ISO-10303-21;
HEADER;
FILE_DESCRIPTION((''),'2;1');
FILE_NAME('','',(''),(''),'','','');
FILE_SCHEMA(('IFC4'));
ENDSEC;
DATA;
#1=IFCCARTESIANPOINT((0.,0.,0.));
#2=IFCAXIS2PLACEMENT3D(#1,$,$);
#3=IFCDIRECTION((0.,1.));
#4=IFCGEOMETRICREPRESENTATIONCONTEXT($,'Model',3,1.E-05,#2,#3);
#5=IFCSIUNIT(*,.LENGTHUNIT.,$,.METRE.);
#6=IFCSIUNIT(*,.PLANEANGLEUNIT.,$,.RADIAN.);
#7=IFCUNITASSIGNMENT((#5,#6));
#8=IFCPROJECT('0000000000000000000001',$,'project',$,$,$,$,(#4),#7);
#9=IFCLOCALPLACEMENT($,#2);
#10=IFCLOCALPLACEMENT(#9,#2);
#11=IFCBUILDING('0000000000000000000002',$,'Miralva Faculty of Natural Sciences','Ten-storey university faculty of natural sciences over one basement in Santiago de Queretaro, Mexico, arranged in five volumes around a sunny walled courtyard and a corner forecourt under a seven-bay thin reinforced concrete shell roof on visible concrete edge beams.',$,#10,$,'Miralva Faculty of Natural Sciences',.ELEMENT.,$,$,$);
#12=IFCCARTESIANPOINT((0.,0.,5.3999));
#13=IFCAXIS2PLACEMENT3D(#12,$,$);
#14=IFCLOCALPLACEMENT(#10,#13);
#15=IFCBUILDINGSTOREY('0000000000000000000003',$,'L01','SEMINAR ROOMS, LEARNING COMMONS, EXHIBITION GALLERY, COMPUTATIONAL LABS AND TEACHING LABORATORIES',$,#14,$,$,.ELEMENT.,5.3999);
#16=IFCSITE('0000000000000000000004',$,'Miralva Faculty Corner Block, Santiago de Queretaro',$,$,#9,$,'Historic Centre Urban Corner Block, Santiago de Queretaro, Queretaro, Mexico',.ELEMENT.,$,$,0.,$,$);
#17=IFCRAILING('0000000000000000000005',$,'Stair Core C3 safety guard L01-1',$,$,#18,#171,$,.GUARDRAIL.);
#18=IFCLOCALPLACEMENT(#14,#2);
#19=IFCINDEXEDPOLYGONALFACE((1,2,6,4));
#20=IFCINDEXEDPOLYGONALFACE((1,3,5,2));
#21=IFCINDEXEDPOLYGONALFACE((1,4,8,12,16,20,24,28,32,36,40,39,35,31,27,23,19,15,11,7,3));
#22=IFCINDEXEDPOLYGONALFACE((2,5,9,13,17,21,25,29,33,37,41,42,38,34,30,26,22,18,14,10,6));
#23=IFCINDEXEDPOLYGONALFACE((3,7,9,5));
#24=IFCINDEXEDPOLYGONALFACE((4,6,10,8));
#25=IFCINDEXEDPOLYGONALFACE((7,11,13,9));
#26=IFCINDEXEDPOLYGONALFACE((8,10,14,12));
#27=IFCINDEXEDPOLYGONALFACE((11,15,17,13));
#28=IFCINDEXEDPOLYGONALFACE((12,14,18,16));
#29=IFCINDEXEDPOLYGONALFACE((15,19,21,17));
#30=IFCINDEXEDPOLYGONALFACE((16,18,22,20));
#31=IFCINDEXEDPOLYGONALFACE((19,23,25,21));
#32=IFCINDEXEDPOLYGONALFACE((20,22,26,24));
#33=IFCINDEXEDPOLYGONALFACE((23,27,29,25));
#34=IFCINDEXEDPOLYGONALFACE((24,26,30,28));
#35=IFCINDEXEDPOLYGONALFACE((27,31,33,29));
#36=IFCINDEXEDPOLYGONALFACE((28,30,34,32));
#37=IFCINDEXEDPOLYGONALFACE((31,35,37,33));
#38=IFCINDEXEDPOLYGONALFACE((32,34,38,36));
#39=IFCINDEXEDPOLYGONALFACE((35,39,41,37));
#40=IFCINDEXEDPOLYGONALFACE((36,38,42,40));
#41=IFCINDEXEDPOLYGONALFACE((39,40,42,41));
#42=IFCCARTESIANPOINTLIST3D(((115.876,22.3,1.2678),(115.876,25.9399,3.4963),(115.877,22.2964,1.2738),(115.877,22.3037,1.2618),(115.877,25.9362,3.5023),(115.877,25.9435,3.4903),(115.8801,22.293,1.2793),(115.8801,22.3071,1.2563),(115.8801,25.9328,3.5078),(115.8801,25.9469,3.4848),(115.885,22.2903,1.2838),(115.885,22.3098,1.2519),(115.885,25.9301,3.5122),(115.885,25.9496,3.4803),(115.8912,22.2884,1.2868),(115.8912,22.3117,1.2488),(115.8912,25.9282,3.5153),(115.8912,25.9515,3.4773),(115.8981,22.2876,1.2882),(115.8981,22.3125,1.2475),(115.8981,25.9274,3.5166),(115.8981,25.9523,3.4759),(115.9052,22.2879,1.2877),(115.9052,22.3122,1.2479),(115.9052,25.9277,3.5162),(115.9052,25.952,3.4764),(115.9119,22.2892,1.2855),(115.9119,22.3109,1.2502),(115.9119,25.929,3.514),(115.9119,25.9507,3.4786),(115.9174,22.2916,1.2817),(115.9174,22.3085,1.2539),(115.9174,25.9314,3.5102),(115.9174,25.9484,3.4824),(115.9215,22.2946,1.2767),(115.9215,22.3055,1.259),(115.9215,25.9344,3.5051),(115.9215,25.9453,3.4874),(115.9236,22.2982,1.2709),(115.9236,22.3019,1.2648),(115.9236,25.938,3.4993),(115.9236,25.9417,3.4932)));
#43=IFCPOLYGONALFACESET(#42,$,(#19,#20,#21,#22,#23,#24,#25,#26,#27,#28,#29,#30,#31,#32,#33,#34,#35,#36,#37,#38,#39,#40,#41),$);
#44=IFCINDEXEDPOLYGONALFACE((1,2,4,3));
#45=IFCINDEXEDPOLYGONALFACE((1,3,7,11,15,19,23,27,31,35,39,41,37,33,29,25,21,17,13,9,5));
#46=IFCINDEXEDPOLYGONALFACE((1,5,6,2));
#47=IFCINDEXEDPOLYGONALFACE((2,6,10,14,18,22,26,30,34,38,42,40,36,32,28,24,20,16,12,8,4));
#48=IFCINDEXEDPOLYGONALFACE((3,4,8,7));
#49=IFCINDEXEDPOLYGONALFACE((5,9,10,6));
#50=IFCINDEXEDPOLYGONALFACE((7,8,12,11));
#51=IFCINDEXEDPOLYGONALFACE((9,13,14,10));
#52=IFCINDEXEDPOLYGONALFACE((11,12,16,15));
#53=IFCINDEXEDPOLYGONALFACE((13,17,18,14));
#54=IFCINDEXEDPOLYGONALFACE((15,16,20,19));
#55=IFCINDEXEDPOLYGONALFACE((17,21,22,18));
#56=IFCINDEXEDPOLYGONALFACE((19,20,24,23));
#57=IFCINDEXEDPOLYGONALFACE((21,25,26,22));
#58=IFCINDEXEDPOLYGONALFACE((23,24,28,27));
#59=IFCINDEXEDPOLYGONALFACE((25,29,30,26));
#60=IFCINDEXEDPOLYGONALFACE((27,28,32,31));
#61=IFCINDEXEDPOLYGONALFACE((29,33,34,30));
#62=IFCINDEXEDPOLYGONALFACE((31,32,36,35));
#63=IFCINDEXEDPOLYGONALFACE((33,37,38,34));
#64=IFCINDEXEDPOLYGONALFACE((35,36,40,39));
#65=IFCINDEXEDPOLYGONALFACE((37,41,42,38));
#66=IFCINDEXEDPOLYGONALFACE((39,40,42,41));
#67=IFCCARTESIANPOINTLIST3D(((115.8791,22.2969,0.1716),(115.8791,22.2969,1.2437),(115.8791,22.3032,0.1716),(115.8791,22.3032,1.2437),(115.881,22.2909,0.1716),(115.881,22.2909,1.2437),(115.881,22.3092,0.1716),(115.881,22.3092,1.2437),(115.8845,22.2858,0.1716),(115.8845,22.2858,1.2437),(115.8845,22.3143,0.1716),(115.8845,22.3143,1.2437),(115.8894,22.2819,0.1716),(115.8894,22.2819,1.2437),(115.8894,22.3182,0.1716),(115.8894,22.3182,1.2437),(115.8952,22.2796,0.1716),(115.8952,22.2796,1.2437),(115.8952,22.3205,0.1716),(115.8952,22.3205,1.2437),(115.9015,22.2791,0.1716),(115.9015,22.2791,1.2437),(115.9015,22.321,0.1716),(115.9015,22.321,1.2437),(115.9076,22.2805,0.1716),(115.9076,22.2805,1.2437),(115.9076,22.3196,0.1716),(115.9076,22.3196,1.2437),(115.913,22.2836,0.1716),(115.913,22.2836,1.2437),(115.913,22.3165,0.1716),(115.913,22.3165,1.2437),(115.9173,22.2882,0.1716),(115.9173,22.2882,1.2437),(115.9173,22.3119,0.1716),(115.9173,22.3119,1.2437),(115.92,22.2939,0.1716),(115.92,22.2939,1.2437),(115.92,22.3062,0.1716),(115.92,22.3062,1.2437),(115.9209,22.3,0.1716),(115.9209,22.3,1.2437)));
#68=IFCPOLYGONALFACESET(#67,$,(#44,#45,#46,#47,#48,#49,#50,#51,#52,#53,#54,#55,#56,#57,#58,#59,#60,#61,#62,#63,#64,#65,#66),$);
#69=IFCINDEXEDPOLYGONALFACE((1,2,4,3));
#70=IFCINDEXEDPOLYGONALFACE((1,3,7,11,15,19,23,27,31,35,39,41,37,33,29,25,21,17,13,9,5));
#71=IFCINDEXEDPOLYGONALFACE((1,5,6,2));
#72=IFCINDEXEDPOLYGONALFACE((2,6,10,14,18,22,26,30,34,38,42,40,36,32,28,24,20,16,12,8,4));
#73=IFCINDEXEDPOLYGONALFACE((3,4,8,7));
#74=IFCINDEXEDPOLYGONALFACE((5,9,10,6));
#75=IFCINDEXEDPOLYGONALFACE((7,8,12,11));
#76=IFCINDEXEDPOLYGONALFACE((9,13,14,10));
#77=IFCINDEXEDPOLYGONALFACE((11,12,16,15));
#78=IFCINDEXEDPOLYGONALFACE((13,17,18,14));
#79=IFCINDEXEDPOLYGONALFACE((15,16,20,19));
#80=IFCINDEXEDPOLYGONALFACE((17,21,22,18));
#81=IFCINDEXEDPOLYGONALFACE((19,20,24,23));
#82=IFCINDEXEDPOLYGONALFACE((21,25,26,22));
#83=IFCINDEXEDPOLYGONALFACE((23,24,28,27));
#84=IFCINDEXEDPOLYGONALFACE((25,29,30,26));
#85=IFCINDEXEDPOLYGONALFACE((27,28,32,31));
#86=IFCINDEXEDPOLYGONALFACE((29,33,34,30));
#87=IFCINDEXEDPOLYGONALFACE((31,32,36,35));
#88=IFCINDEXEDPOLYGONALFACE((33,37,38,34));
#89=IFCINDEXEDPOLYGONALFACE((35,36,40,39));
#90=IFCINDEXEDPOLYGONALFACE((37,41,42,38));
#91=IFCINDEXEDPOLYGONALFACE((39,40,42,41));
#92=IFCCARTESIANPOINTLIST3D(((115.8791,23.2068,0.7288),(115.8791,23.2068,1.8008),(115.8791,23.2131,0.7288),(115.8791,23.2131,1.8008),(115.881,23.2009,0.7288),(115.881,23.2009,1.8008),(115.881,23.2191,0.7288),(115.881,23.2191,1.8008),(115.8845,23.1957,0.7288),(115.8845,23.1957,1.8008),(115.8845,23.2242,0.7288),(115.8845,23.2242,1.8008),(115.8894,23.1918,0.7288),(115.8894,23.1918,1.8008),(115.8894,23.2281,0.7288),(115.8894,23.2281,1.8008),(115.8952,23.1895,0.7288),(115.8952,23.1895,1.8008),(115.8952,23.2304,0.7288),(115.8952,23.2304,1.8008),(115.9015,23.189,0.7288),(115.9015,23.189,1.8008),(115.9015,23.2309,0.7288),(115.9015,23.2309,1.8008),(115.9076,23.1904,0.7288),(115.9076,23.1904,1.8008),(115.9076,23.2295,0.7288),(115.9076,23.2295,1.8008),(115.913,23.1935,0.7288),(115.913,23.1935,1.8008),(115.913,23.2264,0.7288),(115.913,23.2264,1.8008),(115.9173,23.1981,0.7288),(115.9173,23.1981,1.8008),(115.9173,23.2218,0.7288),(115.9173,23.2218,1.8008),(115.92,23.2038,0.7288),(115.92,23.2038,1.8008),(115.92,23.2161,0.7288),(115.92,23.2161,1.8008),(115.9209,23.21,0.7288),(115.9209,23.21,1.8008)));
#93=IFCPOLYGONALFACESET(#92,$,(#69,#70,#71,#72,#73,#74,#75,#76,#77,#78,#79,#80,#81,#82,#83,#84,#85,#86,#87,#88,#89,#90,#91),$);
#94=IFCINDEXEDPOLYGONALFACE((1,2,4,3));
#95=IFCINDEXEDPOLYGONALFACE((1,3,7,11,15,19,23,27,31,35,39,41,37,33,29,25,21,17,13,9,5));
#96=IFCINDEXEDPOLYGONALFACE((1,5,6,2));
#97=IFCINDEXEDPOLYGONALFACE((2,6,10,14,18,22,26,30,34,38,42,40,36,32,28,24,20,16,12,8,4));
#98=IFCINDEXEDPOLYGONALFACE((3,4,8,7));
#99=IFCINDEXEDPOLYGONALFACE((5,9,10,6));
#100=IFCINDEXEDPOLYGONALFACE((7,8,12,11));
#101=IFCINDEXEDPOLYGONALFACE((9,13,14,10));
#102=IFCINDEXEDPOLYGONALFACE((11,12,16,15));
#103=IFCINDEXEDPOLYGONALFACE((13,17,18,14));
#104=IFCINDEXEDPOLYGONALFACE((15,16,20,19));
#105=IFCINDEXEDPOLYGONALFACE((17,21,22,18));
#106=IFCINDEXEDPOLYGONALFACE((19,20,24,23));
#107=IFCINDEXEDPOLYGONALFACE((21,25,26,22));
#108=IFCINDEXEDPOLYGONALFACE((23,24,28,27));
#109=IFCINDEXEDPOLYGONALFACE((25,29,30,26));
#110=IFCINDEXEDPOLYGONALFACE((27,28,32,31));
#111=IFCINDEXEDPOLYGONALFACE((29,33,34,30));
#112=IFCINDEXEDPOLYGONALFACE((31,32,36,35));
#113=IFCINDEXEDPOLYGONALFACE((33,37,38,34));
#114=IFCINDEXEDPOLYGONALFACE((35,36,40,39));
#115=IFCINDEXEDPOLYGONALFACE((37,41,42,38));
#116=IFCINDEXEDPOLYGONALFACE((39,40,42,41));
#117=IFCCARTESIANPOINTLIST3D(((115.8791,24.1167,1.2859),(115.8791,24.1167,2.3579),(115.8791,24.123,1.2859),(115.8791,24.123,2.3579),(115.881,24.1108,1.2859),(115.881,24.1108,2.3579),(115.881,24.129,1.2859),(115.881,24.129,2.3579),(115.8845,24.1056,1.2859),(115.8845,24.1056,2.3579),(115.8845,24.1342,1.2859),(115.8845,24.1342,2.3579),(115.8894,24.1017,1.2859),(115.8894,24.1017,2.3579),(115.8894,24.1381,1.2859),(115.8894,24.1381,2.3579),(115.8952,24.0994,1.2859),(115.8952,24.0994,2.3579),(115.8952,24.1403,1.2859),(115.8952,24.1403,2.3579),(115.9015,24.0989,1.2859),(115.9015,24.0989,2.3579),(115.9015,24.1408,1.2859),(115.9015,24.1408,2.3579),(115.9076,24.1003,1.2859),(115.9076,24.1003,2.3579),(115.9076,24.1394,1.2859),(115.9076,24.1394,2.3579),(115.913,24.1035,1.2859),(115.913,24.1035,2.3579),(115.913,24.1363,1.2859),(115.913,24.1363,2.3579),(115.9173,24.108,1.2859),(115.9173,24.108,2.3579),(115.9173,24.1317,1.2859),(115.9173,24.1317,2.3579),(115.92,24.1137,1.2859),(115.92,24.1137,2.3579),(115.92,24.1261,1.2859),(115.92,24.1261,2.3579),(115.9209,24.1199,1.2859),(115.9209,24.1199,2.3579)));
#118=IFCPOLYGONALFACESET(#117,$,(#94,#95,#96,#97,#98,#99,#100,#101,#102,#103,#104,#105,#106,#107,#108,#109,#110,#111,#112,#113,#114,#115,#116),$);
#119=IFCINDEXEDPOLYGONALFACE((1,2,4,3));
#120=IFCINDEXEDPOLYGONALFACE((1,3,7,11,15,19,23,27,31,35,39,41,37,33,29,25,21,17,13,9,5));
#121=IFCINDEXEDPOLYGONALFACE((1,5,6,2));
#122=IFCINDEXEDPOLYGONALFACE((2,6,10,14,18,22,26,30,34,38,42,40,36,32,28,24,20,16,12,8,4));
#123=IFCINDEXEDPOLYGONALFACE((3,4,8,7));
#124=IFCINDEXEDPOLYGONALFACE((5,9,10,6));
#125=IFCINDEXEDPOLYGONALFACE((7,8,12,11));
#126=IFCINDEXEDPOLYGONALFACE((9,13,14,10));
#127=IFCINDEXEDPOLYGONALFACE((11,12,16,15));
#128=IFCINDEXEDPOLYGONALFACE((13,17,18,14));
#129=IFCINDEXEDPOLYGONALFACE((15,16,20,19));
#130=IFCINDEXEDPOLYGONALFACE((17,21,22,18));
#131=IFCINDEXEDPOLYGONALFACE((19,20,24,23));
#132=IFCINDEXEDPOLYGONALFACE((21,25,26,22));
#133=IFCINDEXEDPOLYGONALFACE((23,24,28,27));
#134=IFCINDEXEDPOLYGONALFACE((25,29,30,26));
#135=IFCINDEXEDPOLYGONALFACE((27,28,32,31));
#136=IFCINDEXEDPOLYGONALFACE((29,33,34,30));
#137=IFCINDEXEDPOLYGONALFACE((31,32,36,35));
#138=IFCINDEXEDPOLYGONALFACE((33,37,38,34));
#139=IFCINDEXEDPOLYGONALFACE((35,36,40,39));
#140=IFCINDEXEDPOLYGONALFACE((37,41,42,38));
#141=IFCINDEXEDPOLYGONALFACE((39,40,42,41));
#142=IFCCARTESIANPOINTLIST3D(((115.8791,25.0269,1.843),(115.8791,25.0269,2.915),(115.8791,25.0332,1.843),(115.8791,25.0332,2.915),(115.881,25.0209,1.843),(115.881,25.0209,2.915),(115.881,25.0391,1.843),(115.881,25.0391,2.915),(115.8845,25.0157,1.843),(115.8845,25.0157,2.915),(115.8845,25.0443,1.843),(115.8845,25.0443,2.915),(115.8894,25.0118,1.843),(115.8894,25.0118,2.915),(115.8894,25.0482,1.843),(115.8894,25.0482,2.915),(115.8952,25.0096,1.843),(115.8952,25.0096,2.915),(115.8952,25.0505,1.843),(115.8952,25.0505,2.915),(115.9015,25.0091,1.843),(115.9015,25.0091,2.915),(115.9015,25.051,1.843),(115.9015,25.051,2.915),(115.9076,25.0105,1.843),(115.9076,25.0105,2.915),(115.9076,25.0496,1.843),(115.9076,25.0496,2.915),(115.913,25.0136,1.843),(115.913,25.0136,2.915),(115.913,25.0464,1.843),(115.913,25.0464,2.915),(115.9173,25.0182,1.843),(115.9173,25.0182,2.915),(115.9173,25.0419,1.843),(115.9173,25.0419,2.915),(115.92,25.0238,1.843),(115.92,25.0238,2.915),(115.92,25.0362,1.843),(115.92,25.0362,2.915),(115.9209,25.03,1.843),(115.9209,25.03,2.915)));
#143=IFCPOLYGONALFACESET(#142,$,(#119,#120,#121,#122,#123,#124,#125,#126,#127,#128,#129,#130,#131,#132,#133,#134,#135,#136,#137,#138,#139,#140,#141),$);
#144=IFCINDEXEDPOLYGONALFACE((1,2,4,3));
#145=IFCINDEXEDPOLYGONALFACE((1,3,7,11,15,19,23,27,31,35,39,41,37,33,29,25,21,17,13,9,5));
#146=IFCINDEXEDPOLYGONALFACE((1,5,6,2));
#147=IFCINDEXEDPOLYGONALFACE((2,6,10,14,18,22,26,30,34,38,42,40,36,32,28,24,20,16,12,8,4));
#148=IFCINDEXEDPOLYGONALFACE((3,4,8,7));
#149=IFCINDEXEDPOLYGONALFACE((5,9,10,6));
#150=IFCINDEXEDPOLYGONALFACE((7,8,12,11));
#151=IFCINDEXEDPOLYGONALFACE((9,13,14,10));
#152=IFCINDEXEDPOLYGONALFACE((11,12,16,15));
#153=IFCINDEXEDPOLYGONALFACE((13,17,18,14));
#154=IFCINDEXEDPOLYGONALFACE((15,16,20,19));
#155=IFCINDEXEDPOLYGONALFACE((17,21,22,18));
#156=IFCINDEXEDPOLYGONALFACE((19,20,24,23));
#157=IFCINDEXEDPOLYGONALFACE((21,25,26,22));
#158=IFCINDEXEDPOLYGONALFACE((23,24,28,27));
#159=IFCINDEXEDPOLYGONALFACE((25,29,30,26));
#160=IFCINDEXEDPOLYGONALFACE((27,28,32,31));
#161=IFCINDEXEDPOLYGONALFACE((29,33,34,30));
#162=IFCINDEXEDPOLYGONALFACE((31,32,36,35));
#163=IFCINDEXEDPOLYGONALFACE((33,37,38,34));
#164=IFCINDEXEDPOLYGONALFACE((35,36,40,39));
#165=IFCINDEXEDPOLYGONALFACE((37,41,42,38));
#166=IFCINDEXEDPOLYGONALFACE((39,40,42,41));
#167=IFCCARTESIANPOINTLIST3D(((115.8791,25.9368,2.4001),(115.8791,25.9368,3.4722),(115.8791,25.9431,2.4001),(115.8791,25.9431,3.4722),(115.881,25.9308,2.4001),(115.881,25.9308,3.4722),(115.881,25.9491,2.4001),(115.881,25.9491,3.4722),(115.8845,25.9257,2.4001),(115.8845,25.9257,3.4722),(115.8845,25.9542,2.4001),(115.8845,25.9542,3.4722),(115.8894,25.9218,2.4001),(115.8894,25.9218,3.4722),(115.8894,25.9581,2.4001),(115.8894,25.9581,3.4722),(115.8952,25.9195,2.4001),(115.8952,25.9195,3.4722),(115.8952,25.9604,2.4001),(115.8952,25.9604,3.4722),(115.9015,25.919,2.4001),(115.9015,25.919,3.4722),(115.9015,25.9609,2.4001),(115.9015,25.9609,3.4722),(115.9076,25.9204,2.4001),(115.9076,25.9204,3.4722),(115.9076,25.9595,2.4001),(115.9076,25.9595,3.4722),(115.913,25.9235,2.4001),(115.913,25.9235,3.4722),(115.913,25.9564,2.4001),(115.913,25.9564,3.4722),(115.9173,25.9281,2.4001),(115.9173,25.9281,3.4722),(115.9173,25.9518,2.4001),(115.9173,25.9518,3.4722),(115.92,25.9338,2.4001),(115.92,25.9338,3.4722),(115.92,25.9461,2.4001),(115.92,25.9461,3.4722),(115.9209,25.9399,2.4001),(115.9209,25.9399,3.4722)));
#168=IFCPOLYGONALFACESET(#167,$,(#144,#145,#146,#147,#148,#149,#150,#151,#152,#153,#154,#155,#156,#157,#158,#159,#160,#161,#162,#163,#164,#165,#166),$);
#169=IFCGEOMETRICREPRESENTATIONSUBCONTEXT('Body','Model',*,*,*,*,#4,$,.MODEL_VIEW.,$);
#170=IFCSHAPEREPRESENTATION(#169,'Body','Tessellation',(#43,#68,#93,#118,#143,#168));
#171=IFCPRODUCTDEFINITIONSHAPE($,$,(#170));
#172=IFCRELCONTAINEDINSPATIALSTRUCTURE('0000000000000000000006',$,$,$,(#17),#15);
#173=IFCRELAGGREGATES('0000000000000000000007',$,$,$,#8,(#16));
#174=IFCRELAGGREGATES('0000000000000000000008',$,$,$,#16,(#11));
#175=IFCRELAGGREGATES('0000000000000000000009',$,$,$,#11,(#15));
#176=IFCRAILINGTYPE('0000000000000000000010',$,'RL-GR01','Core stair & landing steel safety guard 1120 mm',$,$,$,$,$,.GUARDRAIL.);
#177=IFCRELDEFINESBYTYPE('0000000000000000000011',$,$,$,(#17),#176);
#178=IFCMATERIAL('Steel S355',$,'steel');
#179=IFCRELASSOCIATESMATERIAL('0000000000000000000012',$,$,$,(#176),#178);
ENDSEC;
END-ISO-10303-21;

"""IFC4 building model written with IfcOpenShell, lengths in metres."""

from ifc_helpers import new_model, si_unit, direction, frame, origin, origin_2d, place, context, subcontext, project, spatial, circle, extrude, material, type_object, element, save


model = new_model("IFC4")

# Units and contexts
model_context = context("Model", 3, precision=1e-05, world=origin(), true_north=direction((0.0, 1.0)))
body_context = subcontext(model_context, "Body", "Model", "MODEL_VIEW")
ifc_project = project(units=[si_unit("LENGTHUNIT", "METRE"), si_unit("PLANEANGLEUNIT", "RADIAN")], contexts=[model_context])

# Site, building, storey
site_placement = place(None, origin())
site = spatial("IfcSite", under=ifc_project, at=site_placement, Name="Miralva Faculty Corner Block, Santiago de Queretaro", LongName="Historic Centre Urban Corner Block, Santiago de Queretaro, Queretaro, Mexico", CompositionType="ELEMENT", RefElevation=0.0)
building_placement = place(site_placement, origin())
building = spatial("IfcBuilding", under=site, at=building_placement, Name="Miralva Faculty of Natural Sciences", Description="Ten-storey university faculty of natural sciences over one basement in Santiago de Queretaro, Mexico, arranged in five volumes around a sunny walled courtyard and a corner forecourt under a seven-bay thin reinforced concrete shell roof on visible concrete edge beams.", LongName="Miralva Faculty of Natural Sciences", CompositionType="ELEMENT")
storey_placement = place(building_placement, frame((0.0, 0.0, 5.3999)))
storey = spatial("IfcBuildingStorey", under=building, at=storey_placement, Name="L01", Description="SEMINAR ROOMS, LEARNING COMMONS, EXHIBITION GALLERY, COMPUTATIONAL LABS AND TEACHING LABORATORIES", CompositionType="ELEMENT", Elevation=5.3999)

# Railing
ifc_material_1 = material(Name="Steel S355", Category="steel")
railing_type_1 = type_object("IfcRailingType", Name="RL-GR01", Description="Core stair & landing steel safety guard 1120 mm", PredefinedType="GUARDRAIL", material=ifc_material_1)
railing_1_placement = place(storey_placement, frame((115.8999, 22.3, 0.1716)))
element("IfcRailing", 1, at=railing_1_placement, inside=storey, type_object=railing_type_1, Name="Stair Core C3 safety guard L01-1", PredefinedType="GUARDRAIL", context=body_context, shape_type="SweptSolid", body=[
    extrude(circle(Radius=0.0239, at=origin_2d()), frame((0.0, 0.0, 1.0962), z_axis=(0.0, 0.85285, 0.522156), x_axis=(-1.0, 0.0, 0.0)), (0.0, 0.0, 1.0), 4.2678),
    extrude(circle(Radius=0.021, at=origin_2d()), origin(), (0.0, 0.0, 1.0), 1.072),
    extrude(circle(Radius=0.021, at=origin_2d()), frame((0.0, 0.9099, 0.5571)), (0.0, 0.0, 1.0), 1.072),
    extrude(circle(Radius=0.021, at=origin_2d()), frame((0.0, 1.8198, 1.1143)), (0.0, 0.0, 1.0), 1.072),
    extrude(circle(Radius=0.021, at=origin_2d()), frame((0.0, 2.73, 1.6714)), (0.0, 0.0, 1.0), 1.072),
    extrude(circle(Radius=0.021, at=origin_2d()), frame((0.0, 3.6399, 2.2285)), (0.0, 0.0, 1.0), 1.072),
])

save(model, "model.ifc")
